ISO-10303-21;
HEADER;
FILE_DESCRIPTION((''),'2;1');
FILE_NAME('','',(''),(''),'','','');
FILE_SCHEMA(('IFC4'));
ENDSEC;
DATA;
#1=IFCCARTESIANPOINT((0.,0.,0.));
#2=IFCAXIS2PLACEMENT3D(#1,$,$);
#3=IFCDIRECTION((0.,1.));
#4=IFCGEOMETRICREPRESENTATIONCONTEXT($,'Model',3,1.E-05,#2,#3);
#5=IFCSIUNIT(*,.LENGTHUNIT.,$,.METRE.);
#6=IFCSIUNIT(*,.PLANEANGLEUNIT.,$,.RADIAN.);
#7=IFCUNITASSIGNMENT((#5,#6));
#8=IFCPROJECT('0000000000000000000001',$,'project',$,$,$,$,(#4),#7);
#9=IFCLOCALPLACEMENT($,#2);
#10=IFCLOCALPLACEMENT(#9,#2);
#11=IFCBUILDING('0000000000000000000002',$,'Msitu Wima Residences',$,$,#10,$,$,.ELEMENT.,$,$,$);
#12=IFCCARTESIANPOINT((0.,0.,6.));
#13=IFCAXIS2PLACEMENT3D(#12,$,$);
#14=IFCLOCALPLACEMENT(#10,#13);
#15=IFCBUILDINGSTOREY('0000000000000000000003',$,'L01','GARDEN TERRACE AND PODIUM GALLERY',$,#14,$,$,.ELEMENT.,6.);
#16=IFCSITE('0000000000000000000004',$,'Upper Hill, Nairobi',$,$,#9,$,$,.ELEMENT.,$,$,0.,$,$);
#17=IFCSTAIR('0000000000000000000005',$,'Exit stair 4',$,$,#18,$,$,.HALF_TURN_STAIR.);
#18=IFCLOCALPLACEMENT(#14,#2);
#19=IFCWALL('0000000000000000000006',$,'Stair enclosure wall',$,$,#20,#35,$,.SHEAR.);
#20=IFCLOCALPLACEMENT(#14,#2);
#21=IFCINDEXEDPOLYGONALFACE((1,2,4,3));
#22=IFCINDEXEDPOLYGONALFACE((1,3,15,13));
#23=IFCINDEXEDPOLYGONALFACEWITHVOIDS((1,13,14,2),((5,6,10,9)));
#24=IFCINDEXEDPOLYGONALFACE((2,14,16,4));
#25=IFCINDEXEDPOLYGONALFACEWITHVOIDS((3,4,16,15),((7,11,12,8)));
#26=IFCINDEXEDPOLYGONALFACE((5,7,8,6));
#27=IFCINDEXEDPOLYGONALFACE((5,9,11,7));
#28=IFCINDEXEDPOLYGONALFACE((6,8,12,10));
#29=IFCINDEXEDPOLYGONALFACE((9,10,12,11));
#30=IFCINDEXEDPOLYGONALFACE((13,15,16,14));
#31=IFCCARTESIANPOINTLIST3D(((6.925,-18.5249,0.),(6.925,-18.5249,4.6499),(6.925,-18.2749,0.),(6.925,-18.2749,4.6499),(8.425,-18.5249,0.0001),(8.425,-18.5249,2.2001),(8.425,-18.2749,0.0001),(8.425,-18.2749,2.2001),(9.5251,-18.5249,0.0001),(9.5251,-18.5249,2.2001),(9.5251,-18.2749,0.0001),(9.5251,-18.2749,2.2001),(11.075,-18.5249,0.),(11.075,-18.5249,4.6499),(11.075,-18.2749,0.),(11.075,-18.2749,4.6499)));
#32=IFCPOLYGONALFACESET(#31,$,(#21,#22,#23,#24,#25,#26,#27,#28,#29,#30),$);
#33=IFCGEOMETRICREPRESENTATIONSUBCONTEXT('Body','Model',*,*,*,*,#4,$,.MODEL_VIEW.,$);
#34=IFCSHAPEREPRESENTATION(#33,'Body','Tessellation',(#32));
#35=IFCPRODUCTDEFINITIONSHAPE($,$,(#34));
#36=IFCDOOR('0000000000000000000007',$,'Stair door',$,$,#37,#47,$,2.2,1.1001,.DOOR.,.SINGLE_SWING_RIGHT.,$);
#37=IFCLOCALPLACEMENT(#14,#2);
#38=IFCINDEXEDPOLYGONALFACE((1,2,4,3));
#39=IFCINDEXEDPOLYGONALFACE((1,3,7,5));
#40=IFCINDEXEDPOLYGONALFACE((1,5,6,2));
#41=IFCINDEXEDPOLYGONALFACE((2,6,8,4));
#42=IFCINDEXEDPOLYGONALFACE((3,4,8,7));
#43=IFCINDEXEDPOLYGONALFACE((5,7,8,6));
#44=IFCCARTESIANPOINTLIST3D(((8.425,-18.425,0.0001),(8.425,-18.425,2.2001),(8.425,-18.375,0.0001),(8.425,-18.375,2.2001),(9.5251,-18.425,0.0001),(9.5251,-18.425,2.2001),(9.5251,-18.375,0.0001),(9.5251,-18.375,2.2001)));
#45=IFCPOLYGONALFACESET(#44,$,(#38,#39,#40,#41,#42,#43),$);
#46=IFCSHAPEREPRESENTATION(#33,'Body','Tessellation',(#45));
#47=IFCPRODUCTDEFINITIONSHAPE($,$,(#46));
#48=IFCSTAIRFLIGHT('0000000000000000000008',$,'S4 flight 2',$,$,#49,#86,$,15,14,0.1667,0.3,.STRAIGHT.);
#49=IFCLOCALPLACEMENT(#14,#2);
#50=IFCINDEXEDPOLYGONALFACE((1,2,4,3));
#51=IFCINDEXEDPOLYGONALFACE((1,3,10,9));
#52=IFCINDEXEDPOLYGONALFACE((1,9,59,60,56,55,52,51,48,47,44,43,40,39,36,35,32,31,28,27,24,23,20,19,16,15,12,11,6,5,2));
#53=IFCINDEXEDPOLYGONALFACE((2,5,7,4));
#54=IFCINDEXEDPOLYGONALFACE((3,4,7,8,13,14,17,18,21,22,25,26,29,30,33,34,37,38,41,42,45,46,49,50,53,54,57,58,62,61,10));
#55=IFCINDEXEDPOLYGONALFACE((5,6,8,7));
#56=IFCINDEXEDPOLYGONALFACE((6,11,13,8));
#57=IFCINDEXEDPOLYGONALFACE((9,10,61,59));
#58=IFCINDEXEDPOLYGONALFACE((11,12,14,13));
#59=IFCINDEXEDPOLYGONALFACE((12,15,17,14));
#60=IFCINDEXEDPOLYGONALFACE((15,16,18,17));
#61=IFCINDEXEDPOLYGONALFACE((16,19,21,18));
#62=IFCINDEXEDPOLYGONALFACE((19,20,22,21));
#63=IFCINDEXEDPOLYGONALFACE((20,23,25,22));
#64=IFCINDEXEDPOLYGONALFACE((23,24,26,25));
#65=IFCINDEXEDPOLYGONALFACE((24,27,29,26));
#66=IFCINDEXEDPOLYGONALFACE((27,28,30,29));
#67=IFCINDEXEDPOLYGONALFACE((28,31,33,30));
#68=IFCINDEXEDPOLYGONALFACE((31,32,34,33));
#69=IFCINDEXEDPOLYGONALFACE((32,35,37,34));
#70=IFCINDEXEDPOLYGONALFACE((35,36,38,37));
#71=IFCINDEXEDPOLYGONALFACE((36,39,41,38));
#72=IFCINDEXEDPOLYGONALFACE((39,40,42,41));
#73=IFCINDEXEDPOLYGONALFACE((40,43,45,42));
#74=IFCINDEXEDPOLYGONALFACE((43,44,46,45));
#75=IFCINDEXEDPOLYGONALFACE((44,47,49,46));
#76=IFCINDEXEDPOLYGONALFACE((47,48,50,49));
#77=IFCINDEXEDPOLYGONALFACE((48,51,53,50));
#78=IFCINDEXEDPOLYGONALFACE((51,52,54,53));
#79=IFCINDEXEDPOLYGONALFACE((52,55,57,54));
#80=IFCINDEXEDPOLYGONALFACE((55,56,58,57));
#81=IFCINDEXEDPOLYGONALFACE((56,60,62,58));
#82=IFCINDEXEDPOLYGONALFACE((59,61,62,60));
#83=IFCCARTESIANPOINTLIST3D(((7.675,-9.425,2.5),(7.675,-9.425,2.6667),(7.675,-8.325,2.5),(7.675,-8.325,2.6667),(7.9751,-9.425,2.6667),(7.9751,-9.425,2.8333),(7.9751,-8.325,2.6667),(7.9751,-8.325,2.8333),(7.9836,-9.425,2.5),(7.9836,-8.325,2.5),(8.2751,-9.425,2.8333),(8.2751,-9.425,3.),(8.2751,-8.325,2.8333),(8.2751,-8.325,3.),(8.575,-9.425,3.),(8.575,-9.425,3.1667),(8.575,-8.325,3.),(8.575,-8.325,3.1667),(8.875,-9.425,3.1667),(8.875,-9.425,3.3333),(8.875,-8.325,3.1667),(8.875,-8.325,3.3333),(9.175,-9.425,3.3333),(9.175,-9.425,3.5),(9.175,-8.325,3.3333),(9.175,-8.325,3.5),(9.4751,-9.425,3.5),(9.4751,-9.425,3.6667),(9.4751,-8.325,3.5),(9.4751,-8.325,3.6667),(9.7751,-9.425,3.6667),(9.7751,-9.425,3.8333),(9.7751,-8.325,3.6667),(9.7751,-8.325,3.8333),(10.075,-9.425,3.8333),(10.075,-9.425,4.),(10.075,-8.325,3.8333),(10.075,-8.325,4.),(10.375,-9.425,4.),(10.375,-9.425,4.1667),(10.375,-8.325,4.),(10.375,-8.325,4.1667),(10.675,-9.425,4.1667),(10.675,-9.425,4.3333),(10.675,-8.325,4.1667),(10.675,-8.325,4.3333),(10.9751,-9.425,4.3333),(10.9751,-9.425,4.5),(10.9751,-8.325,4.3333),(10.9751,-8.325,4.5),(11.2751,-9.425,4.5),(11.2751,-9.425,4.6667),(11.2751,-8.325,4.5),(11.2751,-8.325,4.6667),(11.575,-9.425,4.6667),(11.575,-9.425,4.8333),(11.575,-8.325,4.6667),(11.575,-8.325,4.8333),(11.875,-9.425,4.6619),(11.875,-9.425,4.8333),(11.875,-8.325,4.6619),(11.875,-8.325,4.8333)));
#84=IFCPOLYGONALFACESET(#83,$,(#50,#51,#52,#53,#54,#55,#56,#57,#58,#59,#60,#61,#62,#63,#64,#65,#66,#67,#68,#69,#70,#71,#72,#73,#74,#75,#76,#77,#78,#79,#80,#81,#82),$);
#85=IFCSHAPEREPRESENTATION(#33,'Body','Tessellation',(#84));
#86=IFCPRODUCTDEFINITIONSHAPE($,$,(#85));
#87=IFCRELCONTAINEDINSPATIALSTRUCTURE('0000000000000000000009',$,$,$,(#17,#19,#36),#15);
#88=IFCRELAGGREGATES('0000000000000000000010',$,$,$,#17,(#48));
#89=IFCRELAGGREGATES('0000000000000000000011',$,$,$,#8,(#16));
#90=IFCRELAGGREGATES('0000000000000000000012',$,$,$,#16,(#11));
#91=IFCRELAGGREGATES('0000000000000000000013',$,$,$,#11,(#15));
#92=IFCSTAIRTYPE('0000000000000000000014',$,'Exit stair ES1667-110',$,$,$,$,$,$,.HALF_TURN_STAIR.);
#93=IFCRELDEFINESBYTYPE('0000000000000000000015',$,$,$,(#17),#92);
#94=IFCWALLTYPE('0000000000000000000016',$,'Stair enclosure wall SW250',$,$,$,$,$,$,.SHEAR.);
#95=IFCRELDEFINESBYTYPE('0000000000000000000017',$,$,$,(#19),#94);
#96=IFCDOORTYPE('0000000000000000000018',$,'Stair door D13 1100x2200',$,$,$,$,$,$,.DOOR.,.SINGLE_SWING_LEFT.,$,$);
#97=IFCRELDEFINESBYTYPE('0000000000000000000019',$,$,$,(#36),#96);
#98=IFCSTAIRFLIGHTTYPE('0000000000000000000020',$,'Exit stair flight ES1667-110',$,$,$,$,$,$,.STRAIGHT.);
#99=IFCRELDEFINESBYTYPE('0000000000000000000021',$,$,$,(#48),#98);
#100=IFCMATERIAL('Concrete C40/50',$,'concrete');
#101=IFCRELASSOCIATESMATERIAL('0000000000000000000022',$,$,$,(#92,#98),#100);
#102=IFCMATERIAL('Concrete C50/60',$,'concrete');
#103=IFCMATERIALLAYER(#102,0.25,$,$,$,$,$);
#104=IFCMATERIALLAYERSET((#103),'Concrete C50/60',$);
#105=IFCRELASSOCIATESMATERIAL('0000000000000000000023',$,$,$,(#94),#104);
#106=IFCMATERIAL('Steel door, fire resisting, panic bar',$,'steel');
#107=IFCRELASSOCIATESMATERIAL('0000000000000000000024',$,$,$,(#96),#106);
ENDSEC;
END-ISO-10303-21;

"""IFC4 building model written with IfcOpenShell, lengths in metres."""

from ifc_helpers import new_model, si_unit, direction, frame, frame_2d, origin, place, context, subcontext, project, spatial, polyline, rectangle, outline, extrude, material, layer, layer_set, type_object, element, fill, aggregate, save


model = new_model("IFC4")

# Units and contexts
model_context = context("Model", 3, precision=1e-05, world=origin(), true_north=direction((0.0, 1.0)))
body_context = subcontext(model_context, "Body", "Model", "MODEL_VIEW")
ifc_project = project(units=[si_unit("LENGTHUNIT", "METRE"), si_unit("PLANEANGLEUNIT", "RADIAN")], contexts=[model_context])

# Site, building, storey
site_placement = place(None, origin())
site = spatial("IfcSite", under=ifc_project, at=site_placement, Name="Upper Hill, Nairobi", CompositionType="ELEMENT", RefElevation=0.0)
building_placement = place(site_placement, origin())
building = spatial("IfcBuilding", under=site, at=building_placement, Name="Msitu Wima Residences", CompositionType="ELEMENT")
storey_placement = place(building_placement, frame((0.0, 0.0, 6.0)))
storey = spatial("IfcBuildingStorey", under=building, at=storey_placement, Name="L01", Description="GARDEN TERRACE AND PODIUM GALLERY", CompositionType="ELEMENT", Elevation=6.0)

# Shared definitions
ifc_material_1 = material(Name="Concrete C40/50", Category="concrete")

# Stair
stair_type_1 = type_object("IfcStairType", Name="Exit stair ES1667-110", PredefinedType="HALF_TURN_STAIR", material=ifc_material_1)
stair_1_placement = place(storey_placement, origin())
stair_1 = element("IfcStair", 1, at=stair_1_placement, inside=storey, type_object=stair_type_1, Name="Exit stair 4", PredefinedType="HALF_TURN_STAIR")

# Shared definitions
ifc_material_2 = material(Name="Concrete C50/60", Category="concrete")
ifc_layer_1 = layer(ifc_material_2, 0.25)
ifc_layer_set_1 = layer_set([ifc_layer_1], Name="Concrete C50/60")
wall_type_1 = type_object("IfcWallType", Name="Stair enclosure wall SW250", PredefinedType="SHEAR", material=ifc_layer_set_1)

# Wall, opening, door
wall_1_placement = place(storey_placement, frame((6.925, -18.3999, 0.0), z_axis=(0.0, 0.0, 1.0), x_axis=(1.0, 0.0, 0.0)))
wall_1 = element("IfcWall", 2, at=wall_1_placement, inside=storey, type_object=wall_type_1, Name="Stair enclosure wall", PredefinedType="SHEAR", context=body_context, shape_type="SweptSolid", body=[
    extrude(rectangle(XDim=4.1499, YDim=0.25, at=frame_2d((2.075, 0.0))), origin(), (0.0, 0.0, 1.0), 4.6499),
])
opening_1_placement = place(wall_1_placement, frame((1.5, 0.0, 0.0)))
opening_1 = element("IfcOpeningElement", 3, at=opening_1_placement, cuts=wall_1, PredefinedType="OPENING", context=body_context, shape_type="SweptSolid", body=[
    extrude(rectangle(XDim=1.1001, YDim=2.2, at=frame_2d((0.55, 1.1001))), frame((0.0, 0.135, 0.0), z_axis=(0.0, -1.0, 0.0), x_axis=(1.0, 0.0, 0.0)), (0.0, 0.0, 1.0), 0.27),
])
ifc_material_3 = material(Name="Steel door, fire resisting, panic bar", Category="steel")
door_type_1 = type_object("IfcDoorType", Name="Stair door D13 1100x2200", OperationType="SINGLE_SWING_LEFT", PredefinedType="DOOR", material=ifc_material_3)
door_1_placement = place(opening_1_placement, origin())
door_1 = element("IfcDoor", 4, at=door_1_placement, inside=storey, type_object=door_type_1, Name="Stair door", OperationType="SINGLE_SWING_RIGHT", OverallHeight=2.2, OverallWidth=1.1001, PredefinedType="DOOR", context=body_context, shape_type="SweptSolid", body=[
    extrude(rectangle(XDim=1.1001, YDim=2.2, at=frame_2d((0.55, 1.1001))), frame((0.0, 0.0249, 0.0), z_axis=(0.0, -1.0, 0.0), x_axis=(1.0, 0.0, 0.0)), (0.0, 0.0, 1.0), 0.05),
])
fill(opening_1, door_1)

# Stair flight
stair_flight_type = type_object("IfcStairFlightType", Name="Exit stair flight ES1667-110", PredefinedType="STRAIGHT", material=ifc_material_1)
stair_flight_placement = place(storey_placement, frame((7.675, -8.875, 2.5), z_axis=(0.0, 0.0, 1.0), x_axis=(1.0, 0.0, 0.0)))
stair_flight = element("IfcStairFlight", 5, at=stair_flight_placement, type_object=stair_flight_type, Name="S4 flight 2", NumberOfRisers=15, NumberOfTreads=14, PredefinedType="STRAIGHT", RiserHeight=0.1667, TreadLength=0.3, context=body_context, shape_type="SweptSolid", body=[
    extrude(outline(polyline([(0.0, 0.0), (0.0, 0.1667), (0.3, 0.1667), (0.3, 0.3333), (0.6001, 0.3333), (0.6001, 0.5), (0.8999, 0.5), (0.8999, 0.6667), (1.2, 0.6667), (1.2, 0.8333), (1.5, 0.8333), (1.5, 1.0), (1.8, 1.0), (1.8, 1.1667), (2.1001, 1.1667), (2.1001, 1.3333), (2.3999, 1.3333), (2.3999, 1.5), (2.7, 1.5), (2.7, 1.6667), (3.0, 1.6667), (3.0, 1.8333), (3.3, 1.8333), (3.3, 2.0), (3.6001, 2.0), (3.6001, 2.1667), (3.8999, 2.1667), (3.8999, 2.3333), (4.2, 2.3333), (4.2, 2.5), (4.2, 2.1619), (0.3086, 0.0), (0.0, 0.0)])), frame((0.0, 0.55, 0.0), z_axis=(0.0, -1.0, 0.0), x_axis=(1.0, 0.0, 0.0)), (0.0, 0.0, 1.0), 1.1001),
])
aggregate(stair_1, [stair_flight])

save(model, "model.ifc")
